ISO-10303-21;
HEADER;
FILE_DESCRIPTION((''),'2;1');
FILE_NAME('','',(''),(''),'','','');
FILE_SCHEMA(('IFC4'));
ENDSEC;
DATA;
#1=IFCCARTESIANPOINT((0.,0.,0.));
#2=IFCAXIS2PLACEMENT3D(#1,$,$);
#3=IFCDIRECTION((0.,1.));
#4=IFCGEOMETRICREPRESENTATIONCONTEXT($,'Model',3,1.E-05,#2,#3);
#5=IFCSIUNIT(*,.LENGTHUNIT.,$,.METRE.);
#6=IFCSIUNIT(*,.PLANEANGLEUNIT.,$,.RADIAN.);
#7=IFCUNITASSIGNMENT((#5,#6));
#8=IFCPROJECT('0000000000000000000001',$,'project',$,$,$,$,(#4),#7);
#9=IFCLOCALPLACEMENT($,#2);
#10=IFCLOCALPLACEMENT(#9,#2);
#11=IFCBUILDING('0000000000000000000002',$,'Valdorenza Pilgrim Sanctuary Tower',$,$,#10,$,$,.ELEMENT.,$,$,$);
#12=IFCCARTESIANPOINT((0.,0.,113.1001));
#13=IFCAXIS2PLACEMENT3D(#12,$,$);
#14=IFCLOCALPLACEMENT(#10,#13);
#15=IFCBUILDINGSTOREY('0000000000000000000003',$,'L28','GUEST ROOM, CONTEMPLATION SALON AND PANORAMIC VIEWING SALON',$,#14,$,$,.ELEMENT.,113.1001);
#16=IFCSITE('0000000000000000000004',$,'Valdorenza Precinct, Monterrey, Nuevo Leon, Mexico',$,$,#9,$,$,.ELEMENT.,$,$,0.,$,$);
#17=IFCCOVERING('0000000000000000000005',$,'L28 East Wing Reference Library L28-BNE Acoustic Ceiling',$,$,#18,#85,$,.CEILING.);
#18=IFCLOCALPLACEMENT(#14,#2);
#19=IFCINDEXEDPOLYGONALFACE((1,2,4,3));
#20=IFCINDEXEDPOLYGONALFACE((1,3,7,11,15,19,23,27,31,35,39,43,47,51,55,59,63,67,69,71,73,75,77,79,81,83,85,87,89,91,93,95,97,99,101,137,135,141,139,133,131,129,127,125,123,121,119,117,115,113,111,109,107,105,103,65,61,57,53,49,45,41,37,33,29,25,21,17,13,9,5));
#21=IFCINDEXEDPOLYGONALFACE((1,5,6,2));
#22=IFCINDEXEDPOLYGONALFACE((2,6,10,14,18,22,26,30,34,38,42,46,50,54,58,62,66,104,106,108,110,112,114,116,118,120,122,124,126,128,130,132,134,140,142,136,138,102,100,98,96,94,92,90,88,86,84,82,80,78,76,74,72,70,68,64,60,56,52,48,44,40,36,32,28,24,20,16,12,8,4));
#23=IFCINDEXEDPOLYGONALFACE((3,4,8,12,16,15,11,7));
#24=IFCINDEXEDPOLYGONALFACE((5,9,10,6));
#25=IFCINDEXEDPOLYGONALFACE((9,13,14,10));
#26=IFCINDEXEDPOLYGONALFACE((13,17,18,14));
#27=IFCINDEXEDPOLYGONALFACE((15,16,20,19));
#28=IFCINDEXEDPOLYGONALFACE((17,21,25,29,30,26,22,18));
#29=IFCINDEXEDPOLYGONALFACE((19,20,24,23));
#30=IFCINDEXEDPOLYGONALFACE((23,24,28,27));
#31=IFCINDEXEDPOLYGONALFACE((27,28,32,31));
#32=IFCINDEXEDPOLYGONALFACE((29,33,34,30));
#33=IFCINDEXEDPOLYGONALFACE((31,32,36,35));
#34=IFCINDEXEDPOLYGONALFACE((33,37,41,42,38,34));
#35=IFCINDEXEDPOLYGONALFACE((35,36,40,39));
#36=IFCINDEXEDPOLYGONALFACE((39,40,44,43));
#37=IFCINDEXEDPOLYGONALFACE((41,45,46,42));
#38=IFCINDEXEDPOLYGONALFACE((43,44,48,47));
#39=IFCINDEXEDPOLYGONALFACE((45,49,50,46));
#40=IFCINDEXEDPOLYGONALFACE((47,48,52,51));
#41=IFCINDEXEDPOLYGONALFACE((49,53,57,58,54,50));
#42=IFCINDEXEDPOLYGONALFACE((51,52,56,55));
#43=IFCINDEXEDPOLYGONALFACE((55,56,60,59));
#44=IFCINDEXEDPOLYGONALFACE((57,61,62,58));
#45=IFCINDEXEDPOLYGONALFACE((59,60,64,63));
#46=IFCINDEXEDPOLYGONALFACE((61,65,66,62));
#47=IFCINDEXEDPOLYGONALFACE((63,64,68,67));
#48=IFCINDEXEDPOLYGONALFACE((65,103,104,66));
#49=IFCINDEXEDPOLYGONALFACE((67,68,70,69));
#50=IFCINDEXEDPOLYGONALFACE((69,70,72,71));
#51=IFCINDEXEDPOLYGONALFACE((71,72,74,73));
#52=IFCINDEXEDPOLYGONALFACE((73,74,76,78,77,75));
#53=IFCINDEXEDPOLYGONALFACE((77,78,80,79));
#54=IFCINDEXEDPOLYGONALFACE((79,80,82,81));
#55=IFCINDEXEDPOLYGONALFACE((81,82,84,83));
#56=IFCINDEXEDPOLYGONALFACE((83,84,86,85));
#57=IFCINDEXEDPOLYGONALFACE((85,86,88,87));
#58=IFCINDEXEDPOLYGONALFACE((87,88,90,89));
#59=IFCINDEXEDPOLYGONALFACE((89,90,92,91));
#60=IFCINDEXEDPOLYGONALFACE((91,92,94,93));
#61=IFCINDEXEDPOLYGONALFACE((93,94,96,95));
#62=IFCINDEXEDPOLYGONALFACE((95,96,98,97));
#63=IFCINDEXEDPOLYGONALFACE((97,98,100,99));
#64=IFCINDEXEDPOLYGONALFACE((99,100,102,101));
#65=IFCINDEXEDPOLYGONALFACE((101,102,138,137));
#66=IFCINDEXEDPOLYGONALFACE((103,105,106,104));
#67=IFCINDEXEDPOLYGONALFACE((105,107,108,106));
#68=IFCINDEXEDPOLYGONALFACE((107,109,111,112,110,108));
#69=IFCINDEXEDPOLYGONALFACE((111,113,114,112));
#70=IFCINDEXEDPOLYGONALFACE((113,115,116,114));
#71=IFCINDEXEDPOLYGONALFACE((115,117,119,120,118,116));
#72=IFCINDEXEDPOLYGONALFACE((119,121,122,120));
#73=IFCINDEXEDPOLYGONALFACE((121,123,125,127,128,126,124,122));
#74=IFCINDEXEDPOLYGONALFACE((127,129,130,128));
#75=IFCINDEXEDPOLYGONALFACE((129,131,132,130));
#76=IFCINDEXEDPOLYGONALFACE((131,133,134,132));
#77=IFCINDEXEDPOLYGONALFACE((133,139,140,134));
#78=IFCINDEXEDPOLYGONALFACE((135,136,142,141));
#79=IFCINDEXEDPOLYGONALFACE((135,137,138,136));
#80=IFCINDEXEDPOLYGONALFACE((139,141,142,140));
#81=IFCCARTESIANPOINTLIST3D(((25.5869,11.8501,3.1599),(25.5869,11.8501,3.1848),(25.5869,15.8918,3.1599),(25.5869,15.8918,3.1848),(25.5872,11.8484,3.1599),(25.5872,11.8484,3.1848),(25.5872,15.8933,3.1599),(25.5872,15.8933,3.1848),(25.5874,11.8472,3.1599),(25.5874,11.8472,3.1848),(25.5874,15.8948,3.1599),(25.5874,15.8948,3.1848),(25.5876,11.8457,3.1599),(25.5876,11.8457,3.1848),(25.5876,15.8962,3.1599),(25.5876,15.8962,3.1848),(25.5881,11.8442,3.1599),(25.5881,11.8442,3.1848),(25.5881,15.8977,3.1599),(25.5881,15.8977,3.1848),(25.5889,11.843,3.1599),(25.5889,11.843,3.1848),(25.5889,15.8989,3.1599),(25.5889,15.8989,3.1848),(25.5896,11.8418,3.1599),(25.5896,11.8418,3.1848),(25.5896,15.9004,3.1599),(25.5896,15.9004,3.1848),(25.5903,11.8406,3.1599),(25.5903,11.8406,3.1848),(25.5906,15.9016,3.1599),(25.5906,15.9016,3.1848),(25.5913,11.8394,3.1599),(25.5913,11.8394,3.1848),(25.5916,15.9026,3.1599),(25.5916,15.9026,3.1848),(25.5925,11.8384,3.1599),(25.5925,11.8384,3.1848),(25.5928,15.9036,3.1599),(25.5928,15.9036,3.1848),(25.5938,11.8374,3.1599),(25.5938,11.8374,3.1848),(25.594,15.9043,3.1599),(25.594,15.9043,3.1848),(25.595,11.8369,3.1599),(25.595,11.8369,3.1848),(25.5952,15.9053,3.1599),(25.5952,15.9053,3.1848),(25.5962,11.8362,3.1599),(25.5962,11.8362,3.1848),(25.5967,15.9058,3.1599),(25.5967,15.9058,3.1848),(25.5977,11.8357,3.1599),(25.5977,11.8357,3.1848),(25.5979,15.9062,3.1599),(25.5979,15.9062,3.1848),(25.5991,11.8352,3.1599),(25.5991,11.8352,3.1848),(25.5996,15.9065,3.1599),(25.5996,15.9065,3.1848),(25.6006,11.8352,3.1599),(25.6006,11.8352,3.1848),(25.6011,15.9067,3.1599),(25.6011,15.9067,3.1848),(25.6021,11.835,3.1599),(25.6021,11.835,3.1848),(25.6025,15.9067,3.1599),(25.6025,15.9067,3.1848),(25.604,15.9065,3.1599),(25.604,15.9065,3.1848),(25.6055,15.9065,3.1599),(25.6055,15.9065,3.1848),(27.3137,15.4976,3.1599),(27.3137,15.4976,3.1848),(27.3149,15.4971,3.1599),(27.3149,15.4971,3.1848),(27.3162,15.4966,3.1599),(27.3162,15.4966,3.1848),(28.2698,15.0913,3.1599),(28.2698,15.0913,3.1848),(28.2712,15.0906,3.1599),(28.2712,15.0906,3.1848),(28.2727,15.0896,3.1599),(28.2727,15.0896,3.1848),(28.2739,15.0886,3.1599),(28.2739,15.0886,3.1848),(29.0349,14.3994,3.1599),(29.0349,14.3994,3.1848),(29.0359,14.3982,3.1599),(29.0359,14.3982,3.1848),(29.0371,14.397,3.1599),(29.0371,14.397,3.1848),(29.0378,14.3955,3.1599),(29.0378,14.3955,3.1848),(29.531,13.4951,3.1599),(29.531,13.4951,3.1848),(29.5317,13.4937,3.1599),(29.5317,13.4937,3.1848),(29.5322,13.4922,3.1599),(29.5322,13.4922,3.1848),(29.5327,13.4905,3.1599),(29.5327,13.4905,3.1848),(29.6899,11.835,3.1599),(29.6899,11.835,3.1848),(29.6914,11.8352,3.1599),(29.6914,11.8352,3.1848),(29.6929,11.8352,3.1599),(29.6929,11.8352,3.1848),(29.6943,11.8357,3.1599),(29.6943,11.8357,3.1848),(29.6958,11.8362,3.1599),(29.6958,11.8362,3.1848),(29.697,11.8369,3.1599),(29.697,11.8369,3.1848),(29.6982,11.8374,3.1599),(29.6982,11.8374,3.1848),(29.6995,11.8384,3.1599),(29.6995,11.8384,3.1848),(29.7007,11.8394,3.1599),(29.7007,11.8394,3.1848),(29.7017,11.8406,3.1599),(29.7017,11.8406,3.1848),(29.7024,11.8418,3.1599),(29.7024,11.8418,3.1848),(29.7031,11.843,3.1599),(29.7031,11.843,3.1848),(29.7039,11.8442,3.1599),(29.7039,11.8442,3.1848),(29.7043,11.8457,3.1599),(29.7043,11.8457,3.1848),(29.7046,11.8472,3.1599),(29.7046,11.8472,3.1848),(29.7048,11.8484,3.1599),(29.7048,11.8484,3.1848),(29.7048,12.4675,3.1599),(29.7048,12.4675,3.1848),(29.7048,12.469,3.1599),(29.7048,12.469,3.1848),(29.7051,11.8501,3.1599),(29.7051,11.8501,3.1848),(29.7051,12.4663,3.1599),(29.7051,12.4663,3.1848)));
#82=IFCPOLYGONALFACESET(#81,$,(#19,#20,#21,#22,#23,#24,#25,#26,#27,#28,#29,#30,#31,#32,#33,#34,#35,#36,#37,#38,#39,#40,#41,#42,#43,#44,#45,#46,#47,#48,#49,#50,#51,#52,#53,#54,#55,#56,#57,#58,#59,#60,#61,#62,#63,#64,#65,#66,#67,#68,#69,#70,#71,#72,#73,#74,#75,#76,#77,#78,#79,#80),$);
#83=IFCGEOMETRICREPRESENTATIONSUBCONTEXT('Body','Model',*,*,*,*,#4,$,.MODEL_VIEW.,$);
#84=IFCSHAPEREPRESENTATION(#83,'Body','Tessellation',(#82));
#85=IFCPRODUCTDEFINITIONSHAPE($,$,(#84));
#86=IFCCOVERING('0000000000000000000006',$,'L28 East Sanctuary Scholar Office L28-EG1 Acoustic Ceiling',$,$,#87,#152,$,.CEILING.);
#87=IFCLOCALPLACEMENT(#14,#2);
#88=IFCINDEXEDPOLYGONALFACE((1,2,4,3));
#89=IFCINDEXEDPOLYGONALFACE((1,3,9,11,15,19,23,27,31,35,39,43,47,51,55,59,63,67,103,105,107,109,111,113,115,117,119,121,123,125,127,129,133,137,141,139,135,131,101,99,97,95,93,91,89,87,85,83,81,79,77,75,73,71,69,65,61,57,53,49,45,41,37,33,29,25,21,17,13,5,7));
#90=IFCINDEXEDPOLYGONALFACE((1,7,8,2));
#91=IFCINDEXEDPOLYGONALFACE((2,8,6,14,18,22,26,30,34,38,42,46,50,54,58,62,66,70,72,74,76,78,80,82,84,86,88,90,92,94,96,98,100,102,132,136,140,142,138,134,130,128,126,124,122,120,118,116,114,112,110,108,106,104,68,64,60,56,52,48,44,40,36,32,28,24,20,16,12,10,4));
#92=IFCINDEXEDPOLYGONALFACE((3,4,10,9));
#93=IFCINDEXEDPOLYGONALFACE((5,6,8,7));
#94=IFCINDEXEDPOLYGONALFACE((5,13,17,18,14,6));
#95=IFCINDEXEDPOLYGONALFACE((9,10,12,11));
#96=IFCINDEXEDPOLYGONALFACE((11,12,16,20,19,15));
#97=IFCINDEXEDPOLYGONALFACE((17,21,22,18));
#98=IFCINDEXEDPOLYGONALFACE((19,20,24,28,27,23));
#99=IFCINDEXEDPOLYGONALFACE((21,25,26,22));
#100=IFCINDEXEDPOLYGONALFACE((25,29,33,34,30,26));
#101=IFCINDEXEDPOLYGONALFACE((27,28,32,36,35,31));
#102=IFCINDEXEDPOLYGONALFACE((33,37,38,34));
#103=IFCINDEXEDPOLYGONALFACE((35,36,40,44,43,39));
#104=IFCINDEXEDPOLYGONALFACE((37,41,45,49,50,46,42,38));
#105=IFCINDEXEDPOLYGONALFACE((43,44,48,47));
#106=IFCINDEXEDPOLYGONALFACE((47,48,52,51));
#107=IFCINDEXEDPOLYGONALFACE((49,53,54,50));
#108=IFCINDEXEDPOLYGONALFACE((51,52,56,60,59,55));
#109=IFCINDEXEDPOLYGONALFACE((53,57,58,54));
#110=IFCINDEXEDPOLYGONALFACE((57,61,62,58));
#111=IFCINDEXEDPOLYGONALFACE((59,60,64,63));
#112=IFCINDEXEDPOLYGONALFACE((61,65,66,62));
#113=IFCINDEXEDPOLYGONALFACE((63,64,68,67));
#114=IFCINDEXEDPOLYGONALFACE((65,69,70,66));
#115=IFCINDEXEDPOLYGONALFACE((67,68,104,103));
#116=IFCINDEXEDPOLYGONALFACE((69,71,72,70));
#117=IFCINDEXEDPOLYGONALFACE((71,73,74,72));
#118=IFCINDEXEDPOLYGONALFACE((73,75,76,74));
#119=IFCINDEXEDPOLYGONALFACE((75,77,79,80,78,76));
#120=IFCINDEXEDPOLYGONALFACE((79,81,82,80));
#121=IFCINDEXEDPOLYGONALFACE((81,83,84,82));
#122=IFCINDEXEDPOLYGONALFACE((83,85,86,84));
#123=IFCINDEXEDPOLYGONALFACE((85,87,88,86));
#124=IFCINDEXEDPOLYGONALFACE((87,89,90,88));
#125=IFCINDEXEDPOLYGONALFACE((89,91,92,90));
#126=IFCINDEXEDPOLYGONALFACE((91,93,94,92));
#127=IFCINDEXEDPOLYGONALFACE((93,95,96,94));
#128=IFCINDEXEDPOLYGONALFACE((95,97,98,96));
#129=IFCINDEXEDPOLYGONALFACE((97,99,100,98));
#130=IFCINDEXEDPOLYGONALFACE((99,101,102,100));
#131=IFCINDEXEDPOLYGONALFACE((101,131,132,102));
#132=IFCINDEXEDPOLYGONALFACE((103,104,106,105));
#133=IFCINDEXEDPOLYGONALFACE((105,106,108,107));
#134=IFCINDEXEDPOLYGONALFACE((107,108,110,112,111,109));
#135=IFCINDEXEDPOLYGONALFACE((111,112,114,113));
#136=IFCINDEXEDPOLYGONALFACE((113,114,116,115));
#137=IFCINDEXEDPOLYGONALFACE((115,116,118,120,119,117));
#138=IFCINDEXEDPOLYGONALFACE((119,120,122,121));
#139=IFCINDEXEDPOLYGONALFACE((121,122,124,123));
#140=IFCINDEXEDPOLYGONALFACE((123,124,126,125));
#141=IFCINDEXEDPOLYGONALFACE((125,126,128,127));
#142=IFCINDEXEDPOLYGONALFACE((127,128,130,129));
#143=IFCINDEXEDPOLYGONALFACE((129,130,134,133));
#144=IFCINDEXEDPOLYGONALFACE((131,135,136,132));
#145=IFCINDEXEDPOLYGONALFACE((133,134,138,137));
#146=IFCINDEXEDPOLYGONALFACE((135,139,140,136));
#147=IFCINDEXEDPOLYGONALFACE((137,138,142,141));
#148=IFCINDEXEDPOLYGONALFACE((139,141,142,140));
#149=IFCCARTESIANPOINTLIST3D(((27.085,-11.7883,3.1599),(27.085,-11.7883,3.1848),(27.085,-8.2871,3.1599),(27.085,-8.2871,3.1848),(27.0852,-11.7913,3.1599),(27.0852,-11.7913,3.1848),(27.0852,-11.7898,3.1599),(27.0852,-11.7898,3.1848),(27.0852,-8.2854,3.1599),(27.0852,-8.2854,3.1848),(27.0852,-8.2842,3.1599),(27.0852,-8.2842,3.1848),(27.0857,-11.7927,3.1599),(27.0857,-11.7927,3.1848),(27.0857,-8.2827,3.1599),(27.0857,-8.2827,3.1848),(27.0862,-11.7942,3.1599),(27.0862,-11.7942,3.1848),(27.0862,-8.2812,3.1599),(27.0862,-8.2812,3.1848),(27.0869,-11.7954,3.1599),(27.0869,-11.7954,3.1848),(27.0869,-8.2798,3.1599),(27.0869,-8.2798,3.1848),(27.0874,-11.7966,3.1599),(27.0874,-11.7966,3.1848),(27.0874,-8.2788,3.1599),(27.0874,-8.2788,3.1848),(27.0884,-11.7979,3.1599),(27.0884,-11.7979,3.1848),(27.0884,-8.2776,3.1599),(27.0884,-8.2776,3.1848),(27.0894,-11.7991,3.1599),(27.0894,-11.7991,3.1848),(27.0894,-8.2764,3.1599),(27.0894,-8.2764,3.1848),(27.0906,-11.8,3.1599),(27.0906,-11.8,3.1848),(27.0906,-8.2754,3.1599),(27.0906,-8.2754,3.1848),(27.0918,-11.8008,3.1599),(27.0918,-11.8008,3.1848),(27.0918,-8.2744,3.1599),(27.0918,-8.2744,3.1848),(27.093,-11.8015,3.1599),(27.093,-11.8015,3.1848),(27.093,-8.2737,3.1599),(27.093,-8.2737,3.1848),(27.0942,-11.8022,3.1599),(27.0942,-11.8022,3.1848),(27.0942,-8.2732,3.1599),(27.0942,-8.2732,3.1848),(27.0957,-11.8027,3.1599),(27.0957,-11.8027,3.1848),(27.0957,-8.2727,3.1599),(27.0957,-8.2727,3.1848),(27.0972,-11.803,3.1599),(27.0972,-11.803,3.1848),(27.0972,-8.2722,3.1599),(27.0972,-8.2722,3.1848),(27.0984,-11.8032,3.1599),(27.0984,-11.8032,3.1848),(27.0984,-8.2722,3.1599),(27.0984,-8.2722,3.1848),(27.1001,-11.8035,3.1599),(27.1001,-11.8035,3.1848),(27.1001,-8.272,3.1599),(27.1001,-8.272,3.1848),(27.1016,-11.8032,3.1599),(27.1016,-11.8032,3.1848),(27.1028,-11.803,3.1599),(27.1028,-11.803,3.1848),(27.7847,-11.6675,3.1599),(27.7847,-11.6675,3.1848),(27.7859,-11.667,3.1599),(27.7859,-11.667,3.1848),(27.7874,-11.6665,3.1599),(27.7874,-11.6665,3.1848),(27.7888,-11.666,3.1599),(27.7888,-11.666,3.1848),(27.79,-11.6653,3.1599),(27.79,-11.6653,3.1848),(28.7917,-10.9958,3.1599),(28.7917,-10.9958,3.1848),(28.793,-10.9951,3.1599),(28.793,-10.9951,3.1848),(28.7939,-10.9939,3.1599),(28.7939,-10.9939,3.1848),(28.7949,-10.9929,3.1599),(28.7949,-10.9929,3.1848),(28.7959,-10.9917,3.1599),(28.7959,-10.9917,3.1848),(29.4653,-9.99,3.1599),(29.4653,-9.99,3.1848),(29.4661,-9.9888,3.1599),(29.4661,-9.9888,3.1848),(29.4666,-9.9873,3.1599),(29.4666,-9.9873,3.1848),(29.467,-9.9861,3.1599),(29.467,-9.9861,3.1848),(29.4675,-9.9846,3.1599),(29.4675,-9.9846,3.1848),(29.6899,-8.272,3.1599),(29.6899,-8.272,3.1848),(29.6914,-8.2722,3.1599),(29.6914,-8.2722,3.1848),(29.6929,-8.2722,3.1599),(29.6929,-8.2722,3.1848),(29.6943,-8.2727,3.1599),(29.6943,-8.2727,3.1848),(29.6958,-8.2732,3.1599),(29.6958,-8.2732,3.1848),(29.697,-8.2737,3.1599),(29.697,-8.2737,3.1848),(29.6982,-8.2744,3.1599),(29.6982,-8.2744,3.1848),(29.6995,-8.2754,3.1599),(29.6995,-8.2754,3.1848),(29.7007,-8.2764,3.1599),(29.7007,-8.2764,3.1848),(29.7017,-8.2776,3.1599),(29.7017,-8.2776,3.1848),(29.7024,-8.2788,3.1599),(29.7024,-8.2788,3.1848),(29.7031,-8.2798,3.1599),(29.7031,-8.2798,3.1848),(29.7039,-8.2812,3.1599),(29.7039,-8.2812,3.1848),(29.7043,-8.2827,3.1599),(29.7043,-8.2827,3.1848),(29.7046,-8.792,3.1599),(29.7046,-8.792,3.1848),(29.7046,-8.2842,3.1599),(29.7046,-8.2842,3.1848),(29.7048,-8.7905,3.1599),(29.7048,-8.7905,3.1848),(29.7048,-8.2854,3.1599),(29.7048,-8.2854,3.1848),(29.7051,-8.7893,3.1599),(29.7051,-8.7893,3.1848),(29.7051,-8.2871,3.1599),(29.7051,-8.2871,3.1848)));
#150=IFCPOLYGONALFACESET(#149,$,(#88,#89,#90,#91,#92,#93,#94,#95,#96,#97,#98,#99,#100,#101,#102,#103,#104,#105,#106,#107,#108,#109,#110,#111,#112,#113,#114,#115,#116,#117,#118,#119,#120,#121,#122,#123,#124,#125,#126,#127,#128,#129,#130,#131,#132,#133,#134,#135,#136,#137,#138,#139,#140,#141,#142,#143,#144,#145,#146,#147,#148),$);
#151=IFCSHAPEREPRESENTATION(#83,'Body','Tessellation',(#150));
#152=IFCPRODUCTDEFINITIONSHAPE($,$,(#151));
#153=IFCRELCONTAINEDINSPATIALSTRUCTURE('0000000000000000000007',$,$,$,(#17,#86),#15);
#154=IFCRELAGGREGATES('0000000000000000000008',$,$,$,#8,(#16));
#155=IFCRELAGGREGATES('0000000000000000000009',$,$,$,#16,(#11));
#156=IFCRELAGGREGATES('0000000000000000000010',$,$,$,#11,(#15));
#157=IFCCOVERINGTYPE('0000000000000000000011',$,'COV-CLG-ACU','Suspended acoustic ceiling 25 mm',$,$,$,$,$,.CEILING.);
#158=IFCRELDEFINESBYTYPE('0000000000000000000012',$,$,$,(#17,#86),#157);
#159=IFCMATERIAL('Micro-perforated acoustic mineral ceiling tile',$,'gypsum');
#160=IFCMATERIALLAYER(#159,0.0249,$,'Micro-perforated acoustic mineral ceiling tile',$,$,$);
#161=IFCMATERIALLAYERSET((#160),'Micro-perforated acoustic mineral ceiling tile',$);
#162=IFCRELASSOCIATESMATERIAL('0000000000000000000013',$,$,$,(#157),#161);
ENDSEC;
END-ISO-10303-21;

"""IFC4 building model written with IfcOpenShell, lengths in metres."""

from ifc_helpers import new_model, si_unit, direction, frame, origin, place, context, subcontext, project, spatial, polyline, outline, extrude, material, layer, layer_set, type_object, element, save


model = new_model("IFC4")

# Units and contexts
model_context = context("Model", 3, precision=1e-05, world=origin(), true_north=direction((0.0, 1.0)))
body_context = subcontext(model_context, "Body", "Model", "MODEL_VIEW")
ifc_project = project(units=[si_unit("LENGTHUNIT", "METRE"), si_unit("PLANEANGLEUNIT", "RADIAN")], contexts=[model_context])

# Site, building, storey
site_placement = place(None, origin())
site = spatial("IfcSite", under=ifc_project, at=site_placement, Name="Valdorenza Precinct, Monterrey, Nuevo Leon, Mexico", CompositionType="ELEMENT", RefElevation=0.0)
building_placement = place(site_placement, origin())
building = spatial("IfcBuilding", under=site, at=building_placement, Name="Valdorenza Pilgrim Sanctuary Tower", CompositionType="ELEMENT")
storey_placement = place(building_placement, frame((0.0, 0.0, 113.1001)))
storey = spatial("IfcBuildingStorey", under=building, at=storey_placement, Name="L28", Description="GUEST ROOM, CONTEMPLATION SALON AND PANORAMIC VIEWING SALON", CompositionType="ELEMENT", Elevation=113.1001)

# Coverings
ifc_material_1 = material(Name="Micro-perforated acoustic mineral ceiling tile", Category="gypsum")
ifc_layer_1 = layer(ifc_material_1, 0.0249, Name="Micro-perforated acoustic mineral ceiling tile")
ifc_layer_set_1 = layer_set([ifc_layer_1], Name="Micro-perforated acoustic mineral ceiling tile")
covering_type_1 = type_object("IfcCoveringType", Name="COV-CLG-ACU", Description="Suspended acoustic ceiling 25 mm", PredefinedType="CEILING", material=ifc_layer_set_1)
covering_1_placement = place(storey_placement, frame((0.0, 0.0, 3.1599)))
element("IfcCovering", 1, at=covering_1_placement, inside=storey, type_object=covering_type_1, Name="L28 East Wing Reference Library L28-BNE Acoustic Ceiling", PredefinedType="CEILING", context=body_context, shape_type="SweptSolid", body=[
    extrude(outline(polyline([(27.3137, 15.4976), (27.3149, 15.4971), (27.3162, 15.4966), (28.2698, 15.0913), (28.2712, 15.0906), (28.2727, 15.0896), (28.2739, 15.0886), (29.0349, 14.3994), (29.0359, 14.3982), (29.0371, 14.397), (29.0378, 14.3955), (29.531, 13.4951), (29.5317, 13.4937), (29.5322, 13.4922), (29.5327, 13.4905), (29.7048, 12.469), (29.7048, 12.4675), (29.7051, 12.4663), (29.7051, 11.8501), (29.7048, 11.8484), (29.7046, 11.8472), (29.7043, 11.8457), (29.7039, 11.8442), (29.7031, 11.843), (29.7024, 11.8418), (29.7017, 11.8406), (29.7007, 11.8394), (29.6995, 11.8384), (29.6982, 11.8374), (29.697, 11.8369), (29.6958, 11.8362), (29.6943, 11.8357), (29.6929, 11.8352), (29.6914, 11.8352), (29.6899, 11.835), (25.6021, 11.835), (25.6006, 11.8352), (25.5991, 11.8352), (25.5977, 11.8357), (25.5962, 11.8362), (25.595, 11.8369), (25.5938, 11.8374), (25.5925, 11.8384), (25.5913, 11.8394), (25.5903, 11.8406), (25.5896, 11.8418), (25.5889, 11.843), (25.5881, 11.8442), (25.5876, 11.8457), (25.5874, 11.8472), (25.5872, 11.8484), (25.5869, 11.8501), (25.5869, 15.8918), (25.5872, 15.8933), (25.5874, 15.8948), (25.5876, 15.8962), (25.5881, 15.8977), (25.5889, 15.8989), (25.5896, 15.9004), (25.5906, 15.9016), (25.5916, 15.9026), (25.5928, 15.9036), (25.594, 15.9043), (25.5952, 15.9053), (25.5967, 15.9058), (25.5979, 15.9062), (25.5996, 15.9065), (25.6011, 15.9067), (25.6025, 15.9067), (25.604, 15.9065), (25.6055, 15.9065), (27.3137, 15.4976)])), origin(), (0.0, 0.0, 1.0), 0.0249),
])
covering_2_placement = place(storey_placement, frame((0.0, 0.0, 3.1599)))
element("IfcCovering", 2, at=covering_2_placement, inside=storey, type_object=covering_type_1, Name="L28 East Sanctuary Scholar Office L28-EG1 Acoustic Ceiling", PredefinedType="CEILING", context=body_context, shape_type="SweptSolid", body=[
    extrude(outline(polyline([(29.4675, -9.9846), (29.467, -9.9861), (29.4666, -9.9873), (29.4661, -9.9888), (29.4653, -9.99), (28.7959, -10.9917), (28.7949, -10.9929), (28.7939, -10.9939), (28.793, -10.9951), (28.7917, -10.9958), (27.79, -11.6653), (27.7888, -11.666), (27.7874, -11.6665), (27.7859, -11.667), (27.7847, -11.6675), (27.1028, -11.803), (27.1016, -11.8032), (27.1001, -11.8035), (27.0984, -11.8032), (27.0972, -11.803), (27.0957, -11.8027), (27.0942, -11.8022), (27.093, -11.8015), (27.0918, -11.8008), (27.0906, -11.8), (27.0894, -11.7991), (27.0884, -11.7979), (27.0874, -11.7966), (27.0869, -11.7954), (27.0862, -11.7942), (27.0857, -11.7927), (27.0852, -11.7913), (27.0852, -11.7898), (27.085, -11.7883), (27.085, -8.2871), (27.0852, -8.2854), (27.0852, -8.2842), (27.0857, -8.2827), (27.0862, -8.2812), (27.0869, -8.2798), (27.0874, -8.2788), (27.0884, -8.2776), (27.0894, -8.2764), (27.0906, -8.2754), (27.0918, -8.2744), (27.093, -8.2737), (27.0942, -8.2732), (27.0957, -8.2727), (27.0972, -8.2722), (27.0984, -8.2722), (27.1001, -8.272), (29.6899, -8.272), (29.6914, -8.2722), (29.6929, -8.2722), (29.6943, -8.2727), (29.6958, -8.2732), (29.697, -8.2737), (29.6982, -8.2744), (29.6995, -8.2754), (29.7007, -8.2764), (29.7017, -8.2776), (29.7024, -8.2788), (29.7031, -8.2798), (29.7039, -8.2812), (29.7043, -8.2827), (29.7046, -8.2842), (29.7048, -8.2854), (29.7051, -8.2871), (29.7051, -8.7893), (29.7048, -8.7905), (29.7046, -8.792), (29.4675, -9.9846)])), origin(), (0.0, 0.0, 1.0), 0.0249),
])

save(model, "model.ifc")
